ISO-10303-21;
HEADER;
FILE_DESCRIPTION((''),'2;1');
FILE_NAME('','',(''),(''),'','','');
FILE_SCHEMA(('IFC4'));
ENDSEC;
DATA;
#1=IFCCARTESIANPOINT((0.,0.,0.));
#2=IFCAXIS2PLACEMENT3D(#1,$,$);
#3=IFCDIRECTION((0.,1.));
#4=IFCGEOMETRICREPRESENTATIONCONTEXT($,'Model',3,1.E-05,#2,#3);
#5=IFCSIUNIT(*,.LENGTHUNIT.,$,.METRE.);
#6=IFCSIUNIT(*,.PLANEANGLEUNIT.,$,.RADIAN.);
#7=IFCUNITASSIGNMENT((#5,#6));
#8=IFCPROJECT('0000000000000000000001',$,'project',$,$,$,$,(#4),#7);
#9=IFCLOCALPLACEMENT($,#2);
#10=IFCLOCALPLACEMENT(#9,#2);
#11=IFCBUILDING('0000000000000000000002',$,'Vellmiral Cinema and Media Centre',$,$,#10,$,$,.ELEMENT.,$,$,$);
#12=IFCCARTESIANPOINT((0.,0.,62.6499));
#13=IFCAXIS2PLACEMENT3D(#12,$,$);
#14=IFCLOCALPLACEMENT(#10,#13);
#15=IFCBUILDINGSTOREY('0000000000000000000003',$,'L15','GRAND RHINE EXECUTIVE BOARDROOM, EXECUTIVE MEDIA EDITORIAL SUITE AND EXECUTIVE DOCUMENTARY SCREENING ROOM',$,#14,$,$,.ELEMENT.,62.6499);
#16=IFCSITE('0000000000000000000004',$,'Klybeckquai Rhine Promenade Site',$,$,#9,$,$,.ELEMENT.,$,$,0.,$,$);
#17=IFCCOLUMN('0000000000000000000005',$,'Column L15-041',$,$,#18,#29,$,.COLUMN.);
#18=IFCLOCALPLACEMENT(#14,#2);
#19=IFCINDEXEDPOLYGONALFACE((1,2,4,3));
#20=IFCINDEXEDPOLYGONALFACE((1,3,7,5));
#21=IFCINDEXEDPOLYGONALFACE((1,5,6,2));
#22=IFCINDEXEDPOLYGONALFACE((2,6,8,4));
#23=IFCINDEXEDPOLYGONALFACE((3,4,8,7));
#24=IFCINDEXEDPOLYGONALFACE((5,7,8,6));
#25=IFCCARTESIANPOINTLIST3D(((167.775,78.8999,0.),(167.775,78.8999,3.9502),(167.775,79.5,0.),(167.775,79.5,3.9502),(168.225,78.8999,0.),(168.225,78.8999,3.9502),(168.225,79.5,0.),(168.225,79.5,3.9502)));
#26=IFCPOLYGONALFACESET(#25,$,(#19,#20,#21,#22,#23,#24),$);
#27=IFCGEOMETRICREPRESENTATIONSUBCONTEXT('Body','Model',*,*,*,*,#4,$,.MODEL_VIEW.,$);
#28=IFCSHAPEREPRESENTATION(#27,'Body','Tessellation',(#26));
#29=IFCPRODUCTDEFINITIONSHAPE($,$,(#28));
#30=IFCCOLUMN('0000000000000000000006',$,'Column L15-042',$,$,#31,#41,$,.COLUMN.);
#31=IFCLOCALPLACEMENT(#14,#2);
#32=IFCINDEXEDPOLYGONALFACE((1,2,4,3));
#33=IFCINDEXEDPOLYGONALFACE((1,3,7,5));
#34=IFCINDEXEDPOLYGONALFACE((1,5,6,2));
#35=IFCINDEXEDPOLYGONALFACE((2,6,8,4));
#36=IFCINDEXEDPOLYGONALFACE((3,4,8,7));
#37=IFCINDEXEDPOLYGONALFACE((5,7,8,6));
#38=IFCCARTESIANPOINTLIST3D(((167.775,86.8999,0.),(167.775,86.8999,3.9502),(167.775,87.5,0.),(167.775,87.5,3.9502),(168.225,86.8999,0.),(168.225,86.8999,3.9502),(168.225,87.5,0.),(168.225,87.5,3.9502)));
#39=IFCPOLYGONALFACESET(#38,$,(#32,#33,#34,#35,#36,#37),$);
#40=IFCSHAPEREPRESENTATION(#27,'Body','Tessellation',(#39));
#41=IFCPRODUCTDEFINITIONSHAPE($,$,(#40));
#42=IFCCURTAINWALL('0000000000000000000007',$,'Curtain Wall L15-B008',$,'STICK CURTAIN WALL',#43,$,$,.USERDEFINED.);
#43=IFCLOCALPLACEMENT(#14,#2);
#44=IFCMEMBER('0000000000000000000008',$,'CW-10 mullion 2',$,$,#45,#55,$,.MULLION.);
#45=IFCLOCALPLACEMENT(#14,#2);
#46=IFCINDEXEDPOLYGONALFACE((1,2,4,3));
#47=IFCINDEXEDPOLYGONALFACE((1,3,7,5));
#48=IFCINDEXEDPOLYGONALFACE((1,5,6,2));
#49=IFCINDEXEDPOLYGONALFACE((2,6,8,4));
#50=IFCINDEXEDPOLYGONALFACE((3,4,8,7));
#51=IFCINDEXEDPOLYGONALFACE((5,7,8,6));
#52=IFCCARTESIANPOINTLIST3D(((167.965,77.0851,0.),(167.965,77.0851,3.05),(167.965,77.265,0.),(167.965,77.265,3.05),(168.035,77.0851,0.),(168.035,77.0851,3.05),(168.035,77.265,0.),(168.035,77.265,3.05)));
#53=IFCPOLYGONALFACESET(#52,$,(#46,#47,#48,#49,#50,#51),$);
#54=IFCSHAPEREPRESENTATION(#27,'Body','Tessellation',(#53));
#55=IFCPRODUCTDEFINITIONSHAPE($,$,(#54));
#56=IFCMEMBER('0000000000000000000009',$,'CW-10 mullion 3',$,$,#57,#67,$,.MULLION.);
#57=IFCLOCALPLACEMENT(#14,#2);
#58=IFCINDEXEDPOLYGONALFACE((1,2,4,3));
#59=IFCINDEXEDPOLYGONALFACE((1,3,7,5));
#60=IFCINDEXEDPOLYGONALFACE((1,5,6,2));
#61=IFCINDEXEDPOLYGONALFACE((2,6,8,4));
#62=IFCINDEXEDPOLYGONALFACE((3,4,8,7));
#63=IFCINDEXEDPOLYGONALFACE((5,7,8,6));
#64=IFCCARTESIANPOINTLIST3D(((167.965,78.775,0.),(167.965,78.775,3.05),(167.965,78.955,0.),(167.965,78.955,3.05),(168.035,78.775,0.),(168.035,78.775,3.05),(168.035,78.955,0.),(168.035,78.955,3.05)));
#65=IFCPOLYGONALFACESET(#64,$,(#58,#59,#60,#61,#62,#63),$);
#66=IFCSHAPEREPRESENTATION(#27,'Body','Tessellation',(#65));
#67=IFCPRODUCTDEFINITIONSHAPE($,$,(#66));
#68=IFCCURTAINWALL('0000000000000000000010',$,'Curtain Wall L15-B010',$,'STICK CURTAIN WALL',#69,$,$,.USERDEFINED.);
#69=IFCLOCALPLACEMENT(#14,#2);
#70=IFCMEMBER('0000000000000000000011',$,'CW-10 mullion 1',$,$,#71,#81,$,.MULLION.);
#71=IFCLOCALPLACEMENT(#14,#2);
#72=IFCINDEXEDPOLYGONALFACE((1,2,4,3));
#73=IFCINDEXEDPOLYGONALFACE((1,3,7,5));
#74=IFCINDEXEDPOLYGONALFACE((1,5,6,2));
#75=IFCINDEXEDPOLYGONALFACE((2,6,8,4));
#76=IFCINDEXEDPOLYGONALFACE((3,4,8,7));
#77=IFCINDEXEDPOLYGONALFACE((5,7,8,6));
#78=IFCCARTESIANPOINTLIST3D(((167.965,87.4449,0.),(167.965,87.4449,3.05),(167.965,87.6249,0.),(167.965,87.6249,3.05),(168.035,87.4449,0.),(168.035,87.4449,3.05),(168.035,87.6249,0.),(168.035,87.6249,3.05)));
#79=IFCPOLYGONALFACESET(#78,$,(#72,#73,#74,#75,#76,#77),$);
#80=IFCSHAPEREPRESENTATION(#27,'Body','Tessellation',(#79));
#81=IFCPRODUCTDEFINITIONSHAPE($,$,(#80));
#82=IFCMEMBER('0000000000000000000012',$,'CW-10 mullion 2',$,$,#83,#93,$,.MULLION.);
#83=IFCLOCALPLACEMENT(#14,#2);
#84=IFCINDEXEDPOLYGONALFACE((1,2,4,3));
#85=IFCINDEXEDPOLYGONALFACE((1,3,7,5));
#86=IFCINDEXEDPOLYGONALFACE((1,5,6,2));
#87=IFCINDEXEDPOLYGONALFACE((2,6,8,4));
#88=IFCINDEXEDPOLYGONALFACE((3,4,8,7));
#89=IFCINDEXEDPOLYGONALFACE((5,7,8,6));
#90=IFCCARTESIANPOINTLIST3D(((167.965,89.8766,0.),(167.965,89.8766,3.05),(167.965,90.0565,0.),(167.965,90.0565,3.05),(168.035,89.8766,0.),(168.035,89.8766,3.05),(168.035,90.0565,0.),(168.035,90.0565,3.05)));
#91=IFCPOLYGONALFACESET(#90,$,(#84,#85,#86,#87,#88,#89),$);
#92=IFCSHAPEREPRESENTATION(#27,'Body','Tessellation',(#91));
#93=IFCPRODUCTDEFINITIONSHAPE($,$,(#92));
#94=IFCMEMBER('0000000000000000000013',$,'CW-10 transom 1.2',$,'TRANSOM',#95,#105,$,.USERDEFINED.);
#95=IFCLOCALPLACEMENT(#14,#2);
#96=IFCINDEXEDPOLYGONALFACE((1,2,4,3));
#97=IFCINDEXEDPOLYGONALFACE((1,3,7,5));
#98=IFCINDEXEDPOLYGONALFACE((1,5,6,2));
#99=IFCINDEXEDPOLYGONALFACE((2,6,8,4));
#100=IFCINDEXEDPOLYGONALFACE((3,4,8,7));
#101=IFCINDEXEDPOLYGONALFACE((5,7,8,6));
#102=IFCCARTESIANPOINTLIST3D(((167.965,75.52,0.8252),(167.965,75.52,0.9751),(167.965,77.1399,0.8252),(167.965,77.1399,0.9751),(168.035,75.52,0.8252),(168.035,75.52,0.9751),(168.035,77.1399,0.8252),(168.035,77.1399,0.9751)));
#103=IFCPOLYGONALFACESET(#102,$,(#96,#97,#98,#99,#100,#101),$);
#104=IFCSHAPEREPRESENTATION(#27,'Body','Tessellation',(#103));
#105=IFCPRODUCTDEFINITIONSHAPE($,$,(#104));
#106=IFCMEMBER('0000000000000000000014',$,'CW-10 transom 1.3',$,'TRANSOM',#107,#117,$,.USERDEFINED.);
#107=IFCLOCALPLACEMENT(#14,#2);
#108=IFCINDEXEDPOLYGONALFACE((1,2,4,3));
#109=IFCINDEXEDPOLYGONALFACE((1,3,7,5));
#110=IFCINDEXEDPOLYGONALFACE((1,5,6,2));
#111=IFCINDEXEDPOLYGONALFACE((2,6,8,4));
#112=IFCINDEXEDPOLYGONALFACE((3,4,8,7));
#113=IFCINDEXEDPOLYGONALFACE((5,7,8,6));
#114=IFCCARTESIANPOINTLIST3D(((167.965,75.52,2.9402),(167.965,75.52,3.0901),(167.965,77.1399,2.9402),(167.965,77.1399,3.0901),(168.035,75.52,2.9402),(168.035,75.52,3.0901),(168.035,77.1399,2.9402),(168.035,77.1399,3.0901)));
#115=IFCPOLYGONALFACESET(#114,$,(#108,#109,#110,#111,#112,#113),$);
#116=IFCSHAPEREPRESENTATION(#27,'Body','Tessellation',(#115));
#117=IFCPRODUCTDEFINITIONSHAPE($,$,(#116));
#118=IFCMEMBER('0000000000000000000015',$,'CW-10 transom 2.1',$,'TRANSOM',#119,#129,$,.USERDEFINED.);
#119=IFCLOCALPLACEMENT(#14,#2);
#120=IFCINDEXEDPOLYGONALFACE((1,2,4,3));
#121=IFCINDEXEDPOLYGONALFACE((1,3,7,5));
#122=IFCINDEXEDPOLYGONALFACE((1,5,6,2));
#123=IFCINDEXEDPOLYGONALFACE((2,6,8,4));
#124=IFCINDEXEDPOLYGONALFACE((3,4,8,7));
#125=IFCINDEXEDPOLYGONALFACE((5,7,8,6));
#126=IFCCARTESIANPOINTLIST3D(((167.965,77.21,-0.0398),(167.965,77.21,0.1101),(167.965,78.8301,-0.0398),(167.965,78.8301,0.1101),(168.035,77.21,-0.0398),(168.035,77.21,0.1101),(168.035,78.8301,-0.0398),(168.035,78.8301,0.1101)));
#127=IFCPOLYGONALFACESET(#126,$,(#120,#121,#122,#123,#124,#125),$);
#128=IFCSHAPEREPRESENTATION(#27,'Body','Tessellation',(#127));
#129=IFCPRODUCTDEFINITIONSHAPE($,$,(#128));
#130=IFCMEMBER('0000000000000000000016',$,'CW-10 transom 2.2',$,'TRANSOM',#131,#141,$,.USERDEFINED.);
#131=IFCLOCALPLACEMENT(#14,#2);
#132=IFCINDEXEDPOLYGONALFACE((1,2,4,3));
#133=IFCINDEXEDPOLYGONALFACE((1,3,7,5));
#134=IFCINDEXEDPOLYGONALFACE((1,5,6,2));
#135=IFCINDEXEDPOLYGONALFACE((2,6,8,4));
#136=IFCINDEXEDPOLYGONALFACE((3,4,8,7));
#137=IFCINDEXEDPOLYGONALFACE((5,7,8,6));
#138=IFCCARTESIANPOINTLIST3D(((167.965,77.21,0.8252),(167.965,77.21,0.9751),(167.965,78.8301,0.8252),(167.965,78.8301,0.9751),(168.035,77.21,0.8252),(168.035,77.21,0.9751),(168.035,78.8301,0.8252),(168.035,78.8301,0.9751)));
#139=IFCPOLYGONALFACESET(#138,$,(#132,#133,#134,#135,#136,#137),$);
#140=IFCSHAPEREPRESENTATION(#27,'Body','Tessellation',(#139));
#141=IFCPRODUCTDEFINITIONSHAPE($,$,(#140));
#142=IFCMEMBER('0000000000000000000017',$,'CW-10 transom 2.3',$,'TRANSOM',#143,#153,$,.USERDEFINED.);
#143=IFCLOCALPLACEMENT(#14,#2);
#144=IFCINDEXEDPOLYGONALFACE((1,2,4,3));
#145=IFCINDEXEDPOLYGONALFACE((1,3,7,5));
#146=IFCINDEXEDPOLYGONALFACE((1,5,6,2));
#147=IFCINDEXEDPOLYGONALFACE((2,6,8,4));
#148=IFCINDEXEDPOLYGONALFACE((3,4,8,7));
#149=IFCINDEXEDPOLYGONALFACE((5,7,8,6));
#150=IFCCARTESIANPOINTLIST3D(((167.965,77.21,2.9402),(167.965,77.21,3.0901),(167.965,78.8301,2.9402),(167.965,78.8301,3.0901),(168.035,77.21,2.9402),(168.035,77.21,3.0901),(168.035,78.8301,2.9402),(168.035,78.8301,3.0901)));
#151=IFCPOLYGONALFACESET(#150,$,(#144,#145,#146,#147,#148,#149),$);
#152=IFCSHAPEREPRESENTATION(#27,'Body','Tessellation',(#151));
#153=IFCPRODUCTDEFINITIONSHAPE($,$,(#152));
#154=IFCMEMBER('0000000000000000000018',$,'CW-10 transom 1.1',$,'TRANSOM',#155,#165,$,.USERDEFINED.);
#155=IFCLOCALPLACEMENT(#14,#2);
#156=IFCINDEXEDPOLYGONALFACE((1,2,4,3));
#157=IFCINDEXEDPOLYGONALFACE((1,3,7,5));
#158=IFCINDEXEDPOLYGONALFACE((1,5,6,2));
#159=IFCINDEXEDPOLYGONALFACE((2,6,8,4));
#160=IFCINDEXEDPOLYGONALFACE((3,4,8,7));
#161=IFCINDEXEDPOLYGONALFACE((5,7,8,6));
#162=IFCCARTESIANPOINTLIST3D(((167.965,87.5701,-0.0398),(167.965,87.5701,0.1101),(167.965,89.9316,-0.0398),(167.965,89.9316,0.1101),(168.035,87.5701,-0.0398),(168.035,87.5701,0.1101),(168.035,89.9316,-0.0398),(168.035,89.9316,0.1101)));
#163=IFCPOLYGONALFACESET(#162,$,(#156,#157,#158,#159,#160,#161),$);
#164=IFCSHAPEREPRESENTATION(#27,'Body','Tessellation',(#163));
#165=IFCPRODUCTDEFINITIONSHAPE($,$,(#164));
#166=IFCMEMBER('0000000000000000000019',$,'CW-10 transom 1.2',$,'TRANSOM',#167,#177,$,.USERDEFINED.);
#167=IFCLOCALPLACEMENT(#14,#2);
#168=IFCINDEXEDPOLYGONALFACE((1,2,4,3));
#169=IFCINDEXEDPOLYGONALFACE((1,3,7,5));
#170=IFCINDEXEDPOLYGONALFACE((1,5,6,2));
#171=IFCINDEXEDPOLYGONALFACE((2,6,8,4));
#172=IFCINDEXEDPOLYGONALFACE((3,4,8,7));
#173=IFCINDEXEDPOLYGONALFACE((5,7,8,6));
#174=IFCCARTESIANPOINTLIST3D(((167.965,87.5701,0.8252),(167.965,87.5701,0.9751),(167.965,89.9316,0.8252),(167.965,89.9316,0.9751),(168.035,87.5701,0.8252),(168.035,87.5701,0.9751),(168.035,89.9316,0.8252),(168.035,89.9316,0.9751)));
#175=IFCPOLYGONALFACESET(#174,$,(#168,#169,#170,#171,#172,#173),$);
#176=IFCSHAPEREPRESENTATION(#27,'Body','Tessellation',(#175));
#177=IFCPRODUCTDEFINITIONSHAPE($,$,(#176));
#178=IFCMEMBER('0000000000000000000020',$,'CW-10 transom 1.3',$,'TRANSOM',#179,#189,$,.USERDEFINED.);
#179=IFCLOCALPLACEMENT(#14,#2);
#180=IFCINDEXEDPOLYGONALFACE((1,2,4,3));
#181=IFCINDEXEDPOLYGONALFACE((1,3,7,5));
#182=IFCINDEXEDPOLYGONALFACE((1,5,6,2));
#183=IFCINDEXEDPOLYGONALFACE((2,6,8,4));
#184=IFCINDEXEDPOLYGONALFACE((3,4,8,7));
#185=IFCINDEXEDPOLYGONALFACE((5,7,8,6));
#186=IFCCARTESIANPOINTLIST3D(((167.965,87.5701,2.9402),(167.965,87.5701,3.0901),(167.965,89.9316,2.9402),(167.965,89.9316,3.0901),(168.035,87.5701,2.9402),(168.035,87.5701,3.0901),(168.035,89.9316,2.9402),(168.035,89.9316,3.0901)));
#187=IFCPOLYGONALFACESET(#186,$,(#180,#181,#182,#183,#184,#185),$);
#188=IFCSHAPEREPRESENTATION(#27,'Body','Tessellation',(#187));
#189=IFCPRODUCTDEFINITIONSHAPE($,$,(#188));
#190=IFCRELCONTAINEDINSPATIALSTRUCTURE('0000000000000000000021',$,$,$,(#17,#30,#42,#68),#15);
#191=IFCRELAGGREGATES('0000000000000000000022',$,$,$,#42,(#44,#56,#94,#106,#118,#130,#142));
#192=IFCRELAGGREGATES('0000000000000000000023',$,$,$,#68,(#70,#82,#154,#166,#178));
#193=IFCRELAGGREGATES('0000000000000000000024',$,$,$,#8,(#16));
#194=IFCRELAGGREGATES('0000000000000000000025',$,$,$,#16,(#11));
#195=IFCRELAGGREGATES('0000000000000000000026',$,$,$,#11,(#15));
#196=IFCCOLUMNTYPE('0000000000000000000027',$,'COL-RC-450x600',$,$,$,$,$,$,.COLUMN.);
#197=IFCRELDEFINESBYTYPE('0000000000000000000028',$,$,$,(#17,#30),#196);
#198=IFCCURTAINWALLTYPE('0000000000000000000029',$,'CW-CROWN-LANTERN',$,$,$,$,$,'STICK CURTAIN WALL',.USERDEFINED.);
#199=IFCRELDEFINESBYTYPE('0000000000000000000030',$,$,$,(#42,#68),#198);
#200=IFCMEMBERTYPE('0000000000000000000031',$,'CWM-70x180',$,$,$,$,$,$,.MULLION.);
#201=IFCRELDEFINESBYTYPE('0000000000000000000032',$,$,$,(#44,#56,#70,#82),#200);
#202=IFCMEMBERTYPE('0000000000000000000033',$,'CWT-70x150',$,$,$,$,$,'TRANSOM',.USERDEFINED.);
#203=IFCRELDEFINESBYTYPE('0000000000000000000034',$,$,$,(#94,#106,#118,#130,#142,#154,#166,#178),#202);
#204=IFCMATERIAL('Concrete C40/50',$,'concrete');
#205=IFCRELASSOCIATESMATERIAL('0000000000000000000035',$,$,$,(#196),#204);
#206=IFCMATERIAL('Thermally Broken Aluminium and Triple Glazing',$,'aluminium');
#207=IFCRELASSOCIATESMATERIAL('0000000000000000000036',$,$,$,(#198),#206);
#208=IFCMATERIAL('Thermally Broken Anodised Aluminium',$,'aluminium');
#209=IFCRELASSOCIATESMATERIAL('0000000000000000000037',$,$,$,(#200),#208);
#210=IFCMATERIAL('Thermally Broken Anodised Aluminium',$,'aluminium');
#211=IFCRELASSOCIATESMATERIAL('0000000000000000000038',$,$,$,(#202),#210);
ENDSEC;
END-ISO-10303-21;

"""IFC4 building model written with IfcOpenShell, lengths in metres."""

from ifc_helpers import new_model, si_unit, direction, frame, origin, origin_2d, place, context, subcontext, project, spatial, rectangle, extrude, material, material_profile, profile_set, type_object, element, aggregate, save


model = new_model("IFC4")

# Units and contexts
model_context = context("Model", 3, precision=1e-05, world=origin(), true_north=direction((0.0, 1.0)))
body_context = subcontext(model_context, "Body", "Model", "MODEL_VIEW")
ifc_project = project(units=[si_unit("LENGTHUNIT", "METRE"), si_unit("PLANEANGLEUNIT", "RADIAN")], contexts=[model_context])

# Site, building, storey
site_placement = place(None, origin())
site = spatial("IfcSite", under=ifc_project, at=site_placement, Name="Klybeckquai Rhine Promenade Site", CompositionType="ELEMENT", RefElevation=0.0)
building_placement = place(site_placement, origin())
building = spatial("IfcBuilding", under=site, at=building_placement, Name="Vellmiral Cinema and Media Centre", CompositionType="ELEMENT")
storey_placement = place(building_placement, frame((0.0, 0.0, 62.6499)))
storey = spatial("IfcBuildingStorey", under=building, at=storey_placement, Name="L15", Description="GRAND RHINE EXECUTIVE BOARDROOM, EXECUTIVE MEDIA EDITORIAL SUITE AND EXECUTIVE DOCUMENTARY SCREENING ROOM", CompositionType="ELEMENT", Elevation=62.6499)

# Columns
ifc_material_1 = material(Name="Concrete C40/50", Category="concrete")
ifc_material_profile_1 = material_profile(ifc_material_1, rectangle(XDim=0.45, YDim=0.6001, at=origin_2d()), Name="RC 450x600")
ifc_profile_set_1 = profile_set([ifc_material_profile_1], Name="Concrete C40/50")
column_type = type_object("IfcColumnType", Name="COL-RC-450x600", PredefinedType="COLUMN", material=ifc_profile_set_1)
for number, where, z_axis, x_axis, name in (
    (1, (168.0, 79.2, 0.0), (0.0, 0.0, 1.0), (1.0, 0.0, 0.0), "Column L15-041"),
    (2, (168.0, 87.2, 0.0), (0.0, 0.0, 1.0), (1.0, 0.0, 0.0), "Column L15-042"),
):
    element("IfcColumn", number, at=place(storey_placement, frame(where, z_axis=z_axis, x_axis=x_axis)), inside=storey, type_object=column_type, Name=name, PredefinedType="COLUMN", context=body_context, shape_type="SweptSolid", body=[
        extrude(rectangle(XDim=0.45, YDim=0.6001, at=origin_2d()), origin(), (0.0, 0.0, 1.0), 3.9502),
    ])

# Curtain walls, members
ifc_material_2 = material(Name="Thermally Broken Aluminium and Triple Glazing", Category="aluminium")
curtain_wall_type = type_object("IfcCurtainWallType", Name="CW-CROWN-LANTERN", ElementType="STICK CURTAIN WALL", PredefinedType="USERDEFINED", material=ifc_material_2)
curtain_wall_1_placement = place(storey_placement, origin())
curtain_wall_1 = element("IfcCurtainWall", 3, at=curtain_wall_1_placement, inside=storey, type_object=curtain_wall_type, Name="Curtain Wall L15-B008", ObjectType="STICK CURTAIN WALL", PredefinedType="USERDEFINED")
ifc_material_3 = material(Name="Thermally Broken Anodised Aluminium", Category="aluminium")
ifc_material_profile_2 = material_profile(ifc_material_3, rectangle(XDim=0.0701, YDim=0.1799, at=origin_2d()), Name="MULL 70x180")
ifc_profile_set_2 = profile_set([ifc_material_profile_2], Name="Thermally Broken Anodised Aluminium")
member_type_1 = type_object("IfcMemberType", Name="CWM-70x180", PredefinedType="MULLION", material=ifc_profile_set_2)
member_1_placement = place(storey_placement, frame((168.0, 77.175, 0.0), z_axis=(0.0, 0.0, 1.0), x_axis=(-1.0, 0.0, 0.0)))
member_1 = element("IfcMember", 4, at=member_1_placement, type_object=member_type_1, Name="CW-10 mullion 2", PredefinedType="MULLION", context=body_context, shape_type="SweptSolid", body=[
    extrude(rectangle(XDim=0.0701, YDim=0.1799, at=origin_2d()), origin(), (0.0, 0.0, 1.0), 3.05),
])
member_2_placement = place(storey_placement, frame((168.0, 78.865, 0.0), z_axis=(0.0, 0.0, 1.0), x_axis=(-1.0, 0.0, 0.0)))
member_2 = element("IfcMember", 5, at=member_2_placement, type_object=member_type_1, Name="CW-10 mullion 3", PredefinedType="MULLION", context=body_context, shape_type="SweptSolid", body=[
    extrude(rectangle(XDim=0.0701, YDim=0.1799, at=origin_2d()), origin(), (0.0, 0.0, 1.0), 3.05),
])
curtain_wall_2_placement = place(storey_placement, origin())
curtain_wall_2 = element("IfcCurtainWall", 6, at=curtain_wall_2_placement, inside=storey, type_object=curtain_wall_type, Name="Curtain Wall L15-B010", ObjectType="STICK CURTAIN WALL", PredefinedType="USERDEFINED")
member_3_placement = place(storey_placement, frame((168.0, 87.5349, 0.0), z_axis=(0.0, 0.0, 1.0), x_axis=(-1.0, 0.0, 0.0)))
member_3 = element("IfcMember", 7, at=member_3_placement, type_object=member_type_1, Name="CW-10 mullion 1", PredefinedType="MULLION", context=body_context, shape_type="SweptSolid", body=[
    extrude(rectangle(XDim=0.0701, YDim=0.1799, at=origin_2d()), origin(), (0.0, 0.0, 1.0), 3.05),
])
member_4_placement = place(storey_placement, frame((168.0, 89.9666, 0.0), z_axis=(0.0, 0.0, 1.0), x_axis=(-1.0, 0.0, 0.0)))
member_4 = element("IfcMember", 8, at=member_4_placement, type_object=member_type_1, Name="CW-10 mullion 2", PredefinedType="MULLION", context=body_context, shape_type="SweptSolid", body=[
    extrude(rectangle(XDim=0.0701, YDim=0.1799, at=origin_2d()), origin(), (0.0, 0.0, 1.0), 3.05),
])

# Members
ifc_material_4 = material(Name="Thermally Broken Anodised Aluminium", Category="aluminium")
ifc_material_profile_3 = material_profile(ifc_material_4, rectangle(XDim=0.0701, YDim=0.1499, at=origin_2d()), Name="MULL 70x150")
ifc_profile_set_3 = profile_set([ifc_material_profile_3], Name="Thermally Broken Anodised Aluminium")
member_type_2 = type_object("IfcMemberType", Name="CWT-70x150", ElementType="TRANSOM", PredefinedType="USERDEFINED", material=ifc_profile_set_3)
member_5_placement = place(storey_placement, frame((168.0, 75.52, 0.9001), z_axis=(0.0, 1.0, 0.0), x_axis=(-1.0, 0.0, 0.0)))
member_5 = element("IfcMember", 9, at=member_5_placement, type_object=member_type_2, Name="CW-10 transom 1.2", ObjectType="TRANSOM", PredefinedType="USERDEFINED", context=body_context, shape_type="SweptSolid", body=[
    extrude(rectangle(XDim=0.0701, YDim=0.1499, at=origin_2d()), origin(), (0.0, 0.0, 1.0), 1.6199),
])
member_6_placement = place(storey_placement, frame((168.0, 75.52, 3.0151), z_axis=(0.0, 1.0, 0.0), x_axis=(-1.0, 0.0, 0.0)))
member_6 = element("IfcMember", 10, at=member_6_placement, type_object=member_type_2, Name="CW-10 transom 1.3", ObjectType="TRANSOM", PredefinedType="USERDEFINED", context=body_context, shape_type="SweptSolid", body=[
    extrude(rectangle(XDim=0.0701, YDim=0.1499, at=origin_2d()), origin(), (0.0, 0.0, 1.0), 1.6199),
])
member_7_placement = place(storey_placement, frame((168.0, 77.21, 0.0352), z_axis=(0.0, 1.0, 0.0), x_axis=(-1.0, 0.0, 0.0)))
member_7 = element("IfcMember", 11, at=member_7_placement, type_object=member_type_2, Name="CW-10 transom 2.1", ObjectType="TRANSOM", PredefinedType="USERDEFINED", context=body_context, shape_type="SweptSolid", body=[
    extrude(rectangle(XDim=0.0701, YDim=0.1499, at=origin_2d()), origin(), (0.0, 0.0, 1.0), 1.6201),
])
member_8_placement = place(storey_placement, frame((168.0, 77.21, 0.9001), z_axis=(0.0, 1.0, 0.0), x_axis=(-1.0, 0.0, 0.0)))
member_8 = element("IfcMember", 12, at=member_8_placement, type_object=member_type_2, Name="CW-10 transom 2.2", ObjectType="TRANSOM", PredefinedType="USERDEFINED", context=body_context, shape_type="SweptSolid", body=[
    extrude(rectangle(XDim=0.0701, YDim=0.1499, at=origin_2d()), origin(), (0.0, 0.0, 1.0), 1.6201),
])
member_9_placement = place(storey_placement, frame((168.0, 77.21, 3.0151), z_axis=(0.0, 1.0, 0.0), x_axis=(-1.0, 0.0, 0.0)))
member_9 = element("IfcMember", 13, at=member_9_placement, type_object=member_type_2, Name="CW-10 transom 2.3", ObjectType="TRANSOM", PredefinedType="USERDEFINED", context=body_context, shape_type="SweptSolid", body=[
    extrude(rectangle(XDim=0.0701, YDim=0.1499, at=origin_2d()), origin(), (0.0, 0.0, 1.0), 1.6201),
])
member_10_placement = place(storey_placement, frame((168.0, 87.5701, 0.0352), z_axis=(0.0, 1.0, 0.0), x_axis=(-1.0, 0.0, 0.0)))
member_10 = element("IfcMember", 14, at=member_10_placement, type_object=member_type_2, Name="CW-10 transom 1.1", ObjectType="TRANSOM", PredefinedType="USERDEFINED", context=body_context, shape_type="SweptSolid", body=[
    extrude(rectangle(XDim=0.0701, YDim=0.1499, at=origin_2d()), origin(), (0.0, 0.0, 1.0), 2.3616),
])
member_11_placement = place(storey_placement, frame((168.0, 87.5701, 0.9001), z_axis=(0.0, 1.0, 0.0), x_axis=(-1.0, 0.0, 0.0)))
member_11 = element("IfcMember", 15, at=member_11_placement, type_object=member_type_2, Name="CW-10 transom 1.2", ObjectType="TRANSOM", PredefinedType="USERDEFINED", context=body_context, shape_type="SweptSolid", body=[
    extrude(rectangle(XDim=0.0701, YDim=0.1499, at=origin_2d()), origin(), (0.0, 0.0, 1.0), 2.3616),
])
member_12_placement = place(storey_placement, frame((168.0, 87.5701, 3.0151), z_axis=(0.0, 1.0, 0.0), x_axis=(-1.0, 0.0, 0.0)))
member_12 = element("IfcMember", 16, at=member_12_placement, type_object=member_type_2, Name="CW-10 transom 1.3", ObjectType="TRANSOM", PredefinedType="USERDEFINED", context=body_context, shape_type="SweptSolid", body=[
    extrude(rectangle(XDim=0.0701, YDim=0.1499, at=origin_2d()), origin(), (0.0, 0.0, 1.0), 2.3616),
])

aggregate(curtain_wall_1, [member_1, member_2, member_5, member_6, member_7, member_8, member_9])
aggregate(curtain_wall_2, [member_3, member_4, member_10, member_11, member_12])

save(model, "model.ifc")
